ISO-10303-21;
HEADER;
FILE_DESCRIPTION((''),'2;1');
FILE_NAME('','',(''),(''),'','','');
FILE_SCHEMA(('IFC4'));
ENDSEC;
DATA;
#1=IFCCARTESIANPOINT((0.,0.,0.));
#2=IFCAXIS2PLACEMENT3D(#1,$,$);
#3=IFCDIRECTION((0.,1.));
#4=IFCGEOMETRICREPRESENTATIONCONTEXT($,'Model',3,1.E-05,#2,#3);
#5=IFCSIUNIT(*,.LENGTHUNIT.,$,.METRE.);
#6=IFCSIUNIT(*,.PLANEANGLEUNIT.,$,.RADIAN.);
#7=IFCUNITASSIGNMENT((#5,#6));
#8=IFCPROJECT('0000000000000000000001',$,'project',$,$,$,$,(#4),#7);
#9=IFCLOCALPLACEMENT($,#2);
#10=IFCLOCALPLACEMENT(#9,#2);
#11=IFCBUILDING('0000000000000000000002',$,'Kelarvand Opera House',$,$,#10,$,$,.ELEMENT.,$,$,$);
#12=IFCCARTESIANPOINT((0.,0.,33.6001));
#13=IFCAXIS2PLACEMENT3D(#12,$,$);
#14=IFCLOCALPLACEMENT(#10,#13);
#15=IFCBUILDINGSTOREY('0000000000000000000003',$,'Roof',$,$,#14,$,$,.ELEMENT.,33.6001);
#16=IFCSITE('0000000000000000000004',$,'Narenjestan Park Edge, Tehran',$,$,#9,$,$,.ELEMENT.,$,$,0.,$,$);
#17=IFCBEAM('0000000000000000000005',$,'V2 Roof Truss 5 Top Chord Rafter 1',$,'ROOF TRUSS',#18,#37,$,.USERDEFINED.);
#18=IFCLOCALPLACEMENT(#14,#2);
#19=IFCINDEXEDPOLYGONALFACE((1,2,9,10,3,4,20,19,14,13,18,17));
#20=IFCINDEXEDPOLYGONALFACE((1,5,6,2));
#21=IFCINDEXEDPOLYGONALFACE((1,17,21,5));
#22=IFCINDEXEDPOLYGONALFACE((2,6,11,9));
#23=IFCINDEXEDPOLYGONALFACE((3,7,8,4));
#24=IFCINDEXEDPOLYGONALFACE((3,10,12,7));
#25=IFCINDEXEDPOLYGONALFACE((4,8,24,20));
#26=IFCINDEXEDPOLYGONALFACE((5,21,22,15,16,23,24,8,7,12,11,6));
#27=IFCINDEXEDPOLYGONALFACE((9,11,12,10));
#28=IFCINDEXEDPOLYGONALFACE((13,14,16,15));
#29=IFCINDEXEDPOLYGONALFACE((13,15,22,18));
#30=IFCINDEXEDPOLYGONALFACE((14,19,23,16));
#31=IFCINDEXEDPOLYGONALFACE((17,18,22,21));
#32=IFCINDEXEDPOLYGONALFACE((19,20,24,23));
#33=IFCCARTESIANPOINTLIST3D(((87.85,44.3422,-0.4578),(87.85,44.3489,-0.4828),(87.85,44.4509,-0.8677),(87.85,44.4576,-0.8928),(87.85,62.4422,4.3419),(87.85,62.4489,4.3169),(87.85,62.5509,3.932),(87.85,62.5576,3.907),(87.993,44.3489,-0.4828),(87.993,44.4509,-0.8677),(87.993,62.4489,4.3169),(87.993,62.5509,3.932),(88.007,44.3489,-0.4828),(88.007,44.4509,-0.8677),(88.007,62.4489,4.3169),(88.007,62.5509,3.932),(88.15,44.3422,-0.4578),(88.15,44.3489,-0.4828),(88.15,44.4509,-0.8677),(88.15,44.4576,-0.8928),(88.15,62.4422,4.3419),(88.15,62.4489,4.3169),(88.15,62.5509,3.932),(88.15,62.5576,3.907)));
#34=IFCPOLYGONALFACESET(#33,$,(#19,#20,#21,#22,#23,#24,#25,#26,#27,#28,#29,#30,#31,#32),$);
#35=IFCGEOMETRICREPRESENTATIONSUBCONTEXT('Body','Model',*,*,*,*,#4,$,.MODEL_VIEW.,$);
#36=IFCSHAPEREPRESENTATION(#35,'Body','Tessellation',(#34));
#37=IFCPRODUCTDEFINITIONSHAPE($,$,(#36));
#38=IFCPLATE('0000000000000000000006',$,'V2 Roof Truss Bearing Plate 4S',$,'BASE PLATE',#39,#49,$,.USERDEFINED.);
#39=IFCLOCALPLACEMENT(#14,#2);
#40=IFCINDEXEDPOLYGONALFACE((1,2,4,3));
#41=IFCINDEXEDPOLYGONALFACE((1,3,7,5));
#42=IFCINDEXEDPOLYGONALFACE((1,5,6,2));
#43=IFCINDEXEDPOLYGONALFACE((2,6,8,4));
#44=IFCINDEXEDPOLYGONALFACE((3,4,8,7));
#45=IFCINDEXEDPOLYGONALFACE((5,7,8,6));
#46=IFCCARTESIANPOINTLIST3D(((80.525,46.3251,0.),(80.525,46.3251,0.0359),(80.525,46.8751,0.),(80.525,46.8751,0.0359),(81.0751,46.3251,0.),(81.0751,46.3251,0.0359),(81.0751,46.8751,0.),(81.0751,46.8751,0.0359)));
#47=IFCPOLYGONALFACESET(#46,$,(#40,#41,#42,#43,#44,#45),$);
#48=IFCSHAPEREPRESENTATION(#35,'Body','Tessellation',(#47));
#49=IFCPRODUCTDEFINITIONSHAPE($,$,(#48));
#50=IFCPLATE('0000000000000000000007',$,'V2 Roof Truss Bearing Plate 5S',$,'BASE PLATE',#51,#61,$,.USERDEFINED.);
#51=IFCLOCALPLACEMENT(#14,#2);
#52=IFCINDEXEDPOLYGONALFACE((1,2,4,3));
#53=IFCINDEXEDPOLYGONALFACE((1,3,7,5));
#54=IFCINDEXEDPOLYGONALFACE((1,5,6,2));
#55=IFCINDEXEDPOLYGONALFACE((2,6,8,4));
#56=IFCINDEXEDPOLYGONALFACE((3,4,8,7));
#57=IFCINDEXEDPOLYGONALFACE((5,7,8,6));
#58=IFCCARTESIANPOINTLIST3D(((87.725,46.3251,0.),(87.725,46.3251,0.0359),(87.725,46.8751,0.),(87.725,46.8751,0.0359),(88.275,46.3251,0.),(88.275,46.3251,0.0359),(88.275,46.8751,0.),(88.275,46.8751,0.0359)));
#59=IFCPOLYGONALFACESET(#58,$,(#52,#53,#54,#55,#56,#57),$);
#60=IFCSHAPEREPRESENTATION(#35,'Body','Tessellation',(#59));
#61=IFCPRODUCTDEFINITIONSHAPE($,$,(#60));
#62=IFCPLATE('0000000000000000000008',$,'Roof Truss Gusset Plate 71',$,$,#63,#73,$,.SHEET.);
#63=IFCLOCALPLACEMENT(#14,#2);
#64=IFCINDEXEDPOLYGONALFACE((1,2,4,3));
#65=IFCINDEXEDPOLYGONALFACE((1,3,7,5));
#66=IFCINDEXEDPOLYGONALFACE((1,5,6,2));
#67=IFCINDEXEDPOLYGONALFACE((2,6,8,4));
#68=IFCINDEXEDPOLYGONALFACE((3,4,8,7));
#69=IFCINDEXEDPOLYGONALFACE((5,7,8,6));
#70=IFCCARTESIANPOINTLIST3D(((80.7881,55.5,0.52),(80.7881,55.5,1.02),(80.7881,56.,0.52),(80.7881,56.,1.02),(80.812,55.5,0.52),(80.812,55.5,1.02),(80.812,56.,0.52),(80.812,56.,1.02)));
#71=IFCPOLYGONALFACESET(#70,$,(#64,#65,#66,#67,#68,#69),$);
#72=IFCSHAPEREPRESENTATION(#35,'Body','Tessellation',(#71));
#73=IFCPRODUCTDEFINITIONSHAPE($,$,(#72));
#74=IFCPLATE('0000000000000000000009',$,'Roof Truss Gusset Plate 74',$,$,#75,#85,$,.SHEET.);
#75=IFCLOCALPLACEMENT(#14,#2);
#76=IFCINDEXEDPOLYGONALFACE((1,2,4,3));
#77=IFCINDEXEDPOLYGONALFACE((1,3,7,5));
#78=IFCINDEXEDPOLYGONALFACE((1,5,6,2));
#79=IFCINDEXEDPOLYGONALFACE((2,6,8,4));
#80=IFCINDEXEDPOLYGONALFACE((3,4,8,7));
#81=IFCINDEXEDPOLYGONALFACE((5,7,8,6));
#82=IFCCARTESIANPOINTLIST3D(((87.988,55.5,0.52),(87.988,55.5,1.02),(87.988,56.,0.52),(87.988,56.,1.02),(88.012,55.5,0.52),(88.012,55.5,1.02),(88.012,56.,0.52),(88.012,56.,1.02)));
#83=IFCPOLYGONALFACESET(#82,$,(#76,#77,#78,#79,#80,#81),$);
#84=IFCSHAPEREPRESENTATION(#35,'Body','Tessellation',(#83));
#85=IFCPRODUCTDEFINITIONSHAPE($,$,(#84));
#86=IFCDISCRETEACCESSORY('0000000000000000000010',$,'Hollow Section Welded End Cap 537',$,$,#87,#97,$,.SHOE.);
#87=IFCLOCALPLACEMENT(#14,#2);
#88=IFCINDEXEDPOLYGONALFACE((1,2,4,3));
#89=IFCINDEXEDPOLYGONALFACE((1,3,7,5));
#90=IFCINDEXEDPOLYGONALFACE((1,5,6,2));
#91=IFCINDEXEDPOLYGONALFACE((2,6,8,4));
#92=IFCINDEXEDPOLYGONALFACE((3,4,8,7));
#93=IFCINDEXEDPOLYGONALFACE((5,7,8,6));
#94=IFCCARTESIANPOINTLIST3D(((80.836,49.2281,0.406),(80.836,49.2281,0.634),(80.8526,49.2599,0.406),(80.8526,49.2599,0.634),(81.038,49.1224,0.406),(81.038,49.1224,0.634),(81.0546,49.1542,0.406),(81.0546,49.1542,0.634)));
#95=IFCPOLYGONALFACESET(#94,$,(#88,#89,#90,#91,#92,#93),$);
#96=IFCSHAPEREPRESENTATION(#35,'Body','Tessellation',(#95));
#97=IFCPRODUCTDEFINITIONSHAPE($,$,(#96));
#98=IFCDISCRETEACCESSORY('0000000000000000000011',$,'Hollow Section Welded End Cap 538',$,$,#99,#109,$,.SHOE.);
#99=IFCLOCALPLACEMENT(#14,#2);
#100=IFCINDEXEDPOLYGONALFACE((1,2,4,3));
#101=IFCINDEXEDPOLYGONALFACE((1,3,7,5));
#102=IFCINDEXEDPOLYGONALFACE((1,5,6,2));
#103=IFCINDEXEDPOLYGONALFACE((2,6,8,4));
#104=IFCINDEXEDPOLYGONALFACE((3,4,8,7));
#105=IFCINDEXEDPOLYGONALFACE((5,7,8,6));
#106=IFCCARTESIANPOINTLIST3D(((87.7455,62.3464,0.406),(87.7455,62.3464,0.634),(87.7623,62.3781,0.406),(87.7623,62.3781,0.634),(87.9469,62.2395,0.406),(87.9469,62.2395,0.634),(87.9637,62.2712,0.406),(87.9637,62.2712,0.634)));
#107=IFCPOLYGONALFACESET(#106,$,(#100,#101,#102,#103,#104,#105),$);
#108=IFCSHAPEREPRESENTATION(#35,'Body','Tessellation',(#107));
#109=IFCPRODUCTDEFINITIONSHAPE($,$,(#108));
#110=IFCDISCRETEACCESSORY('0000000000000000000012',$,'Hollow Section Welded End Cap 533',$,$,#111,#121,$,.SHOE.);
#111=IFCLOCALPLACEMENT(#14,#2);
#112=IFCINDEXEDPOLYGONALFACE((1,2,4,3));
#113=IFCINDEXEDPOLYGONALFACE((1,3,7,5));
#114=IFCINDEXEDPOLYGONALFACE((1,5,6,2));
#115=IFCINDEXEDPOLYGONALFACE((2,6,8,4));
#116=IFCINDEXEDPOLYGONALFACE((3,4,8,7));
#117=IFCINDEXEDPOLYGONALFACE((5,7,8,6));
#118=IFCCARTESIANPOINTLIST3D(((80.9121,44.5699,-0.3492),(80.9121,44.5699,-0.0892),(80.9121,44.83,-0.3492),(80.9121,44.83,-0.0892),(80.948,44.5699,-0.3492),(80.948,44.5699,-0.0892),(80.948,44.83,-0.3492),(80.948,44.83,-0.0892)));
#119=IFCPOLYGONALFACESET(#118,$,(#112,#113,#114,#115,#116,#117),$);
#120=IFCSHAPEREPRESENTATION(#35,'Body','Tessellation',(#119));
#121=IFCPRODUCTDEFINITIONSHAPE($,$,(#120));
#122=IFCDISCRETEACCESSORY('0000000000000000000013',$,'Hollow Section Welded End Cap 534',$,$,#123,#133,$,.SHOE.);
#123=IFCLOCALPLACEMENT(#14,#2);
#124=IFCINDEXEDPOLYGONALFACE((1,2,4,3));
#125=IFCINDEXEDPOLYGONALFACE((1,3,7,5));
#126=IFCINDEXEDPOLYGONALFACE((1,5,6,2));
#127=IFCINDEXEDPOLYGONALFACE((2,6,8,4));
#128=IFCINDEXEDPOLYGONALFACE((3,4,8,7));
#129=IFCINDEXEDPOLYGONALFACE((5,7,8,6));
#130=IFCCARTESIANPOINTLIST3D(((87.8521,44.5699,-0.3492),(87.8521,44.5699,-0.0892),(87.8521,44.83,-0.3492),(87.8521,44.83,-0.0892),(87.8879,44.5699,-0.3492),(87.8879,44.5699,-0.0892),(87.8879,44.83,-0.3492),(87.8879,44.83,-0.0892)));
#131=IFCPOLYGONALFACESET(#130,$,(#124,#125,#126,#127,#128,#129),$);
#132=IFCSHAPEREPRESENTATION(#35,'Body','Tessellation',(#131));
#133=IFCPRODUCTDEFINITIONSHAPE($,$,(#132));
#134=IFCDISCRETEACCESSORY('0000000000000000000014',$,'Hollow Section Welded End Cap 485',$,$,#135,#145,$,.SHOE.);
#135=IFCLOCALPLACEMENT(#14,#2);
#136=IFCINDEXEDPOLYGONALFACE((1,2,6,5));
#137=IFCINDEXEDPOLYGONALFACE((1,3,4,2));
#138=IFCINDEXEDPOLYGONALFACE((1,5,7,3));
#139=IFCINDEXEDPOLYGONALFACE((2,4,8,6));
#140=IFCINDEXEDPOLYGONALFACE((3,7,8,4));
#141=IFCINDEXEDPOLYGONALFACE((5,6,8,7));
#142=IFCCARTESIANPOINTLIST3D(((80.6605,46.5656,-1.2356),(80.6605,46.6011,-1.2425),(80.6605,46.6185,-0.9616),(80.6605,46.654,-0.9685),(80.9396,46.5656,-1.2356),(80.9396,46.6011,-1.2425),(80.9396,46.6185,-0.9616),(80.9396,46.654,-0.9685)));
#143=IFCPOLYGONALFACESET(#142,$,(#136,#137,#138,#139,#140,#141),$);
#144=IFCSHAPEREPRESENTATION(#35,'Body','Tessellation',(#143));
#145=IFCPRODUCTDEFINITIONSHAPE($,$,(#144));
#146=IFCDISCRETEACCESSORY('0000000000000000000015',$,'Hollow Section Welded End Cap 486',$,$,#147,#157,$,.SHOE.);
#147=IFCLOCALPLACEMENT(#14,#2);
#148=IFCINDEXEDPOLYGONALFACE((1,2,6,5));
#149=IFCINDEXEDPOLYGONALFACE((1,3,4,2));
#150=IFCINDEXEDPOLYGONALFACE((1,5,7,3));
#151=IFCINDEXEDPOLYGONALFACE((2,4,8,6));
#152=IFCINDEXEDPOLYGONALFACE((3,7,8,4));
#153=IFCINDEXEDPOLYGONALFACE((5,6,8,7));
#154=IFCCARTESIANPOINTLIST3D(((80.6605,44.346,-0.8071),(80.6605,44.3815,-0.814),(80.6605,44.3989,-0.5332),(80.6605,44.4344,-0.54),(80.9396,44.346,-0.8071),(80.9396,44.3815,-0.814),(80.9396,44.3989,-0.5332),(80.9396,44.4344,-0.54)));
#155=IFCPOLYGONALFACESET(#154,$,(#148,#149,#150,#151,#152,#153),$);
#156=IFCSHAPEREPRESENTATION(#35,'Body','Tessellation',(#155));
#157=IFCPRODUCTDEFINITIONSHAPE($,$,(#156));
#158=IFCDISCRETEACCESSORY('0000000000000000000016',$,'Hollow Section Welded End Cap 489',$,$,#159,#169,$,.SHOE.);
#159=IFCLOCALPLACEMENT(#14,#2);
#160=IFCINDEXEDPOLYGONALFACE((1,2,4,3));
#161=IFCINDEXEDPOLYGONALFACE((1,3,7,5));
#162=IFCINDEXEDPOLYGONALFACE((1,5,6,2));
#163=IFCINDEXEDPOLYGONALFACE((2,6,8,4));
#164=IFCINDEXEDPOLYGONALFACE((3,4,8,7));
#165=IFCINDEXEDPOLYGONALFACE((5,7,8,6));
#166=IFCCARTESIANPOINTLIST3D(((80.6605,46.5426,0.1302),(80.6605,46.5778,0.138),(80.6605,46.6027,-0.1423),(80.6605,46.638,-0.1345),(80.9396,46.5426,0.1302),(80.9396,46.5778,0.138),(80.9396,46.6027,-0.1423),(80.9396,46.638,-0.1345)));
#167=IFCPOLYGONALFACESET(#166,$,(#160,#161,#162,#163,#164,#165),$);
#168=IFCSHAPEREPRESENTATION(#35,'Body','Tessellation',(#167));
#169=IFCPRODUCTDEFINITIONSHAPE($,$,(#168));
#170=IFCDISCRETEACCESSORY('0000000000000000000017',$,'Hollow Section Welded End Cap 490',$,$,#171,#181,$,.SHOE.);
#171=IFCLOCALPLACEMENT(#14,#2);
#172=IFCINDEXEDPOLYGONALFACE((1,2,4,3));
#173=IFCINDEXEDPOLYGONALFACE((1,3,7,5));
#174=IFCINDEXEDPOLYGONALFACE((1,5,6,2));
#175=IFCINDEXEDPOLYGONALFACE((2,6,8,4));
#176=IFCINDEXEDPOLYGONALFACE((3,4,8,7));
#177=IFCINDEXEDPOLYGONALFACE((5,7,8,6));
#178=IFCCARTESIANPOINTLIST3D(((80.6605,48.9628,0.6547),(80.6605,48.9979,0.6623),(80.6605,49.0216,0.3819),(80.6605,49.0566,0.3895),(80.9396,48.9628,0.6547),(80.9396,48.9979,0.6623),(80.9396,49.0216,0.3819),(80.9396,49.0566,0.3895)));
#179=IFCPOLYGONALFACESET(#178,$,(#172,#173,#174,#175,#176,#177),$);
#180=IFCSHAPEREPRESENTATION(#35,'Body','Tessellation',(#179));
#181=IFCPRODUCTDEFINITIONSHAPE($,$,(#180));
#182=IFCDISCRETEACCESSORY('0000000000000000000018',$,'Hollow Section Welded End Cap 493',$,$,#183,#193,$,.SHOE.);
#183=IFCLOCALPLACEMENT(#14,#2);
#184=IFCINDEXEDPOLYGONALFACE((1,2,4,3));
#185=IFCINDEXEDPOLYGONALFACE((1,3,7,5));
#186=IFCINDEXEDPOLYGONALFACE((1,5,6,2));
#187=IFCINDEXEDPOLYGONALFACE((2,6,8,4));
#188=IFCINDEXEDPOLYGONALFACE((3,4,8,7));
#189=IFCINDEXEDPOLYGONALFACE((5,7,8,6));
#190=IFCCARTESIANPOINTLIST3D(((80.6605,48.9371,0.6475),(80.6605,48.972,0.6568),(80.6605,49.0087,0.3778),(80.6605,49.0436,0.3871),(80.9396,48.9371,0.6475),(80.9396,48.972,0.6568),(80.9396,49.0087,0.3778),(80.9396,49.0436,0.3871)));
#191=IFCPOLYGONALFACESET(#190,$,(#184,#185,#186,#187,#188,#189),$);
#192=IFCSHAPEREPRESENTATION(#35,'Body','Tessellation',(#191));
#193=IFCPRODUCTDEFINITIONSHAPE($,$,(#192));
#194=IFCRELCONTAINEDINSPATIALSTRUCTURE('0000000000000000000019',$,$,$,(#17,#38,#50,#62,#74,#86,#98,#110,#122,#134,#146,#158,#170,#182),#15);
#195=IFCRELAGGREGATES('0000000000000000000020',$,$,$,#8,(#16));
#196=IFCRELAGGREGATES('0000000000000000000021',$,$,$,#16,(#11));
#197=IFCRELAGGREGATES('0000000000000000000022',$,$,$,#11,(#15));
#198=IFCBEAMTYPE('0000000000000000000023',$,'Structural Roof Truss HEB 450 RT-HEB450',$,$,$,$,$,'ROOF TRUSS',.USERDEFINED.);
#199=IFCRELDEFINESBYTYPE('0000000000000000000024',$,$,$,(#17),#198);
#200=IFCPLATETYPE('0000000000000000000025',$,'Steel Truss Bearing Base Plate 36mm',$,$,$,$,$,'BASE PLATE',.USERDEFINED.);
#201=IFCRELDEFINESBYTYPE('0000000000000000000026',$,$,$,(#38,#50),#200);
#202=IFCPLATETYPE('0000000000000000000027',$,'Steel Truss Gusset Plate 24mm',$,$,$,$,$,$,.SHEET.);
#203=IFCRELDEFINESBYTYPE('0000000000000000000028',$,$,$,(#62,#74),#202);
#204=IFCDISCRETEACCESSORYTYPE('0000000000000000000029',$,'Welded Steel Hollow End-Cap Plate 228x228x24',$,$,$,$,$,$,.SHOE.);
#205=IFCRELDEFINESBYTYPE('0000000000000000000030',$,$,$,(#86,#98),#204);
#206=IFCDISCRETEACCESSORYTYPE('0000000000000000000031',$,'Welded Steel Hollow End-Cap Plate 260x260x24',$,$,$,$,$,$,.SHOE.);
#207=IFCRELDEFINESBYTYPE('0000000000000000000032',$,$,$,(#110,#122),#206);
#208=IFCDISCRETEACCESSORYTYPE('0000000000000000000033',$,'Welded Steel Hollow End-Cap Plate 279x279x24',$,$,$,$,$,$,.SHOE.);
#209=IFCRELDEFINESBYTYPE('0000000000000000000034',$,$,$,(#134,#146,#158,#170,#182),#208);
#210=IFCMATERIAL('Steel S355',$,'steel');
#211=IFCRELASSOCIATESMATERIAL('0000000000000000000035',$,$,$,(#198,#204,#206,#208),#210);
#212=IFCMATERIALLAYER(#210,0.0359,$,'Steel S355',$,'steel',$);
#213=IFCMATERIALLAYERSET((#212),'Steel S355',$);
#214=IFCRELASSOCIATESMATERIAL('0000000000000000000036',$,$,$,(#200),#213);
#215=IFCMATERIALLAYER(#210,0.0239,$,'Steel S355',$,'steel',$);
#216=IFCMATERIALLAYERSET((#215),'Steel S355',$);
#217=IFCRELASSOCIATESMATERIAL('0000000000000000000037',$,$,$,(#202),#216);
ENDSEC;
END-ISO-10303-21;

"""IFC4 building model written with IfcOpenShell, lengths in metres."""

from ifc_helpers import new_model, si_unit, direction, frame, origin, origin_2d, place, context, subcontext, project, spatial, rectangle, i_section, extrude, material, layer, layer_set, material_profile, profile_set, type_object, element, save


model = new_model("IFC4")

# Units and contexts
model_context = context("Model", 3, precision=1e-05, world=origin(), true_north=direction((0.0, 1.0)))
body_context = subcontext(model_context, "Body", "Model", "MODEL_VIEW")
ifc_project = project(units=[si_unit("LENGTHUNIT", "METRE"), si_unit("PLANEANGLEUNIT", "RADIAN")], contexts=[model_context])

# Site, building, storey
site_placement = place(None, origin())
site = spatial("IfcSite", under=ifc_project, at=site_placement, Name="Narenjestan Park Edge, Tehran", CompositionType="ELEMENT", RefElevation=0.0)
building_placement = place(site_placement, origin())
building = spatial("IfcBuilding", under=site, at=building_placement, Name="Kelarvand Opera House", CompositionType="ELEMENT")
storey_placement = place(building_placement, frame((0.0, 0.0, 33.6001)))
storey = spatial("IfcBuildingStorey", under=building, at=storey_placement, Name="Roof", CompositionType="ELEMENT", Elevation=33.6001)

# Shared definitions
ifc_material = material(Name="Steel S355", Category="steel")

# Beam
ifc_material_profile_1 = material_profile(ifc_material, i_section(OverallWidth=0.3, OverallDepth=0.45, WebThickness=0.0139, FlangeThickness=0.0259, at=origin_2d()), Name="HEB 450", Category="steel")
ifc_profile_set_1 = profile_set([ifc_material_profile_1], Name="Steel S355")
beam_type = type_object("IfcBeamType", Name="Structural Roof Truss HEB 450 RT-HEB450", ElementType="ROOF TRUSS", PredefinedType="USERDEFINED", material=ifc_profile_set_1)
beam_placement = place(storey_placement, frame((88.0, 44.3999, -0.6753), z_axis=(0.0, 0.966591, 0.256322), x_axis=(-1.0, 0.0, 0.0)))
element("IfcBeam", 1, at=beam_placement, inside=storey, type_object=beam_type, Name="V2 Roof Truss 5 Top Chord Rafter 1", ObjectType="ROOF TRUSS", PredefinedType="USERDEFINED", context=body_context, shape_type="SweptSolid", body=[
    extrude(i_section(OverallWidth=0.3, OverallDepth=0.45, WebThickness=0.0139, FlangeThickness=0.0259, at=origin_2d()), origin(), (0.0, 0.0, 1.0), 18.7256),
])

# Plates
ifc_layer_1 = layer(ifc_material, 0.0359, Name="Steel S355", Category="steel")
ifc_layer_set_1 = layer_set([ifc_layer_1], Name="Steel S355")
plate_type_1 = type_object("IfcPlateType", Name="Steel Truss Bearing Base Plate 36mm", ElementType="BASE PLATE", PredefinedType="USERDEFINED", material=ifc_layer_set_1)
for number, where, z_axis, x_axis, name in (
    (2, (80.8, 46.6001, 0.0), (0.0, 0.0, 1.0), (1.0, 0.0, 0.0), "V2 Roof Truss Bearing Plate 4S"),
    (3, (88.0, 46.6001, 0.0), (0.0, 0.0, 1.0), (1.0, 0.0, 0.0), "V2 Roof Truss Bearing Plate 5S"),
):
    element("IfcPlate", number, at=place(storey_placement, frame(where, z_axis=z_axis, x_axis=x_axis)), inside=storey, type_object=plate_type_1, Name=name, ObjectType="BASE PLATE", PredefinedType="USERDEFINED", context=body_context, shape_type="SweptSolid", body=[
        extrude(rectangle(XDim=0.55, YDim=0.55, at=origin_2d()), origin(), (0.0, 0.0, 1.0), 0.0359),
    ])
ifc_layer_2 = layer(ifc_material, 0.0239, Name="Steel S355", Category="steel")
ifc_layer_set_2 = layer_set([ifc_layer_2], Name="Steel S355")
plate_type_2 = type_object("IfcPlateType", Name="Steel Truss Gusset Plate 24mm", PredefinedType="SHEET", material=ifc_layer_set_2)
for number, where, z_axis, x_axis, name in (
    (4, (80.8, 55.75, 0.52), (0.0, 0.0, 1.0), (1.0, 0.0, 0.0), "Roof Truss Gusset Plate 71"),
    (5, (88.0, 55.75, 0.52), (0.0, 0.0, 1.0), (1.0, 0.0, 0.0), "Roof Truss Gusset Plate 74"),
):
    element("IfcPlate", number, at=place(storey_placement, frame(where, z_axis=z_axis, x_axis=x_axis)), inside=storey, type_object=plate_type_2, Name=name, PredefinedType="SHEET", context=body_context, shape_type="SweptSolid", body=[
        extrude(rectangle(XDim=0.0239, YDim=0.5, at=origin_2d()), origin(), (0.0, 0.0, 1.0), 0.5),
    ])

# Discrete accessories
ifc_material_profile_2 = material_profile(ifc_material, rectangle(XDim=0.228, YDim=0.228, at=origin_2d()), Name="Welded Steel Hollow End-Cap Plate 228x228x24", Category="steel")
ifc_profile_set_2 = profile_set([ifc_material_profile_2], Name="Steel S355")
discrete_accessory_type_1 = type_object("IfcDiscreteAccessoryType", Name="Welded Steel Hollow End-Cap Plate 228x228x24", PredefinedType="SHOE", material=ifc_profile_set_2)
for number, where, z_axis, x_axis, name in (
    (6, (80.9536, 49.207, 0.52), (-0.463498, -0.886098, 0.0), (0.886098, -0.463498, 0.0), "Hollow Section Welded End Cap 537"),
    (7, (87.8462, 62.293, 0.52), (0.468824, 0.883292, 0.0), (-0.883292, 0.468824, 0.0), "Hollow Section Welded End Cap 538"),
):
    element("IfcDiscreteAccessory", number, at=place(storey_placement, frame(where, z_axis=z_axis, x_axis=x_axis)), inside=storey, type_object=discrete_accessory_type_1, Name=name, PredefinedType="SHOE", context=body_context, shape_type="SweptSolid", body=[
        extrude(rectangle(XDim=0.228, YDim=0.228, at=origin_2d()), origin(), (0.0, 0.0, 1.0), 0.0359),
    ])
ifc_material_profile_3 = material_profile(ifc_material, rectangle(XDim=0.26, YDim=0.26, at=origin_2d()), Name="Welded Steel Hollow End-Cap Plate 260x260x24", Category="steel")
ifc_profile_set_3 = profile_set([ifc_material_profile_3], Name="Steel S355")
discrete_accessory_type_2 = type_object("IfcDiscreteAccessoryType", Name="Welded Steel Hollow End-Cap Plate 260x260x24", PredefinedType="SHOE", material=ifc_profile_set_3)
for number, where, z_axis, x_axis, name in (
    (8, (80.948, 44.7, -0.2192), (-1.0, 0.0, 0.0), (0.0, -1.0, 0.0), "Hollow Section Welded End Cap 533"),
    (9, (87.8521, 44.7, -0.2192), (1.0, 0.0, 0.0), (0.0, 1.0, 0.0), "Hollow Section Welded End Cap 534"),
):
    element("IfcDiscreteAccessory", number, at=place(storey_placement, frame(where, z_axis=z_axis, x_axis=x_axis)), inside=storey, type_object=discrete_accessory_type_2, Name=name, PredefinedType="SHOE", context=body_context, shape_type="SweptSolid", body=[
        extrude(rectangle(XDim=0.26, YDim=0.26, at=origin_2d()), origin(), (0.0, 0.0, 1.0), 0.0359),
    ])
ifc_material_profile_4 = material_profile(ifc_material, rectangle(XDim=0.2791, YDim=0.2791, at=origin_2d()), Name="Welded Steel Hollow End-Cap Plate 279x279x24", Category="steel")
ifc_profile_set_4 = profile_set([ifc_material_profile_4], Name="Steel S355")
discrete_accessory_type_3 = type_object("IfcDiscreteAccessoryType", Name="Welded Steel Hollow End-Cap Plate 279x279x24", PredefinedType="SHOE", material=ifc_profile_set_4)
for number, where, z_axis, x_axis, name in (
    (10, (80.8, 46.592, -1.0986), (0.0, 0.981861, -0.189601), (-1.0, 0.0, 0.0), "Hollow Section Welded End Cap 485"),
    (11, (80.8, 44.408, -0.677), (0.0, -0.981861, 0.189601), (1.0, 0.0, 0.0), "Hollow Section Welded End Cap 486"),
    (12, (80.8, 46.6079, 0.0017), (0.0, -0.976503, -0.215504), (1.0, 0.0, 0.0), "Hollow Section Welded End Cap 489"),
):
    element("IfcDiscreteAccessory", number, at=place(storey_placement, frame(where, z_axis=z_axis, x_axis=x_axis)), inside=storey, type_object=discrete_accessory_type_3, Name=name, PredefinedType="SHOE", context=body_context, shape_type="SweptSolid", body=[
        extrude(rectangle(XDim=0.2791, YDim=0.2791, at=origin_2d()), origin(), (0.0, 0.0, 1.0), 0.0361),
    ])
discrete_accessory_placement = place(storey_placement, frame((80.8, 48.9922, 0.5183), z_axis=(0.0, 0.977603, 0.210456), x_axis=(-1.0, 0.0, 0.0)))
element("IfcDiscreteAccessory", 13, at=discrete_accessory_placement, inside=storey, type_object=discrete_accessory_type_3, Name="Hollow Section Welded End Cap 490", PredefinedType="SHOE", context=body_context, shape_type="SweptSolid", body=[
    extrude(rectangle(XDim=0.2791, YDim=0.2791, at=origin_2d()), origin(), (0.0, 0.0, 1.0), 0.0359),
])
for number, where, z_axis, x_axis, name in (
    (14, (80.8, 49.0078, 0.522), (0.0, -0.966459, -0.256821), (1.0, 0.0, 0.0), "Hollow Section Welded End Cap 493"),
):
    element("IfcDiscreteAccessory", number, at=place(storey_placement, frame(where, z_axis=z_axis, x_axis=x_axis)), inside=storey, type_object=discrete_accessory_type_3, Name=name, PredefinedType="SHOE", context=body_context, shape_type="SweptSolid", body=[
        extrude(rectangle(XDim=0.2791, YDim=0.2791, at=origin_2d()), origin(), (0.0, 0.0, 1.0), 0.0361),
    ])

save(model, "model.ifc")
